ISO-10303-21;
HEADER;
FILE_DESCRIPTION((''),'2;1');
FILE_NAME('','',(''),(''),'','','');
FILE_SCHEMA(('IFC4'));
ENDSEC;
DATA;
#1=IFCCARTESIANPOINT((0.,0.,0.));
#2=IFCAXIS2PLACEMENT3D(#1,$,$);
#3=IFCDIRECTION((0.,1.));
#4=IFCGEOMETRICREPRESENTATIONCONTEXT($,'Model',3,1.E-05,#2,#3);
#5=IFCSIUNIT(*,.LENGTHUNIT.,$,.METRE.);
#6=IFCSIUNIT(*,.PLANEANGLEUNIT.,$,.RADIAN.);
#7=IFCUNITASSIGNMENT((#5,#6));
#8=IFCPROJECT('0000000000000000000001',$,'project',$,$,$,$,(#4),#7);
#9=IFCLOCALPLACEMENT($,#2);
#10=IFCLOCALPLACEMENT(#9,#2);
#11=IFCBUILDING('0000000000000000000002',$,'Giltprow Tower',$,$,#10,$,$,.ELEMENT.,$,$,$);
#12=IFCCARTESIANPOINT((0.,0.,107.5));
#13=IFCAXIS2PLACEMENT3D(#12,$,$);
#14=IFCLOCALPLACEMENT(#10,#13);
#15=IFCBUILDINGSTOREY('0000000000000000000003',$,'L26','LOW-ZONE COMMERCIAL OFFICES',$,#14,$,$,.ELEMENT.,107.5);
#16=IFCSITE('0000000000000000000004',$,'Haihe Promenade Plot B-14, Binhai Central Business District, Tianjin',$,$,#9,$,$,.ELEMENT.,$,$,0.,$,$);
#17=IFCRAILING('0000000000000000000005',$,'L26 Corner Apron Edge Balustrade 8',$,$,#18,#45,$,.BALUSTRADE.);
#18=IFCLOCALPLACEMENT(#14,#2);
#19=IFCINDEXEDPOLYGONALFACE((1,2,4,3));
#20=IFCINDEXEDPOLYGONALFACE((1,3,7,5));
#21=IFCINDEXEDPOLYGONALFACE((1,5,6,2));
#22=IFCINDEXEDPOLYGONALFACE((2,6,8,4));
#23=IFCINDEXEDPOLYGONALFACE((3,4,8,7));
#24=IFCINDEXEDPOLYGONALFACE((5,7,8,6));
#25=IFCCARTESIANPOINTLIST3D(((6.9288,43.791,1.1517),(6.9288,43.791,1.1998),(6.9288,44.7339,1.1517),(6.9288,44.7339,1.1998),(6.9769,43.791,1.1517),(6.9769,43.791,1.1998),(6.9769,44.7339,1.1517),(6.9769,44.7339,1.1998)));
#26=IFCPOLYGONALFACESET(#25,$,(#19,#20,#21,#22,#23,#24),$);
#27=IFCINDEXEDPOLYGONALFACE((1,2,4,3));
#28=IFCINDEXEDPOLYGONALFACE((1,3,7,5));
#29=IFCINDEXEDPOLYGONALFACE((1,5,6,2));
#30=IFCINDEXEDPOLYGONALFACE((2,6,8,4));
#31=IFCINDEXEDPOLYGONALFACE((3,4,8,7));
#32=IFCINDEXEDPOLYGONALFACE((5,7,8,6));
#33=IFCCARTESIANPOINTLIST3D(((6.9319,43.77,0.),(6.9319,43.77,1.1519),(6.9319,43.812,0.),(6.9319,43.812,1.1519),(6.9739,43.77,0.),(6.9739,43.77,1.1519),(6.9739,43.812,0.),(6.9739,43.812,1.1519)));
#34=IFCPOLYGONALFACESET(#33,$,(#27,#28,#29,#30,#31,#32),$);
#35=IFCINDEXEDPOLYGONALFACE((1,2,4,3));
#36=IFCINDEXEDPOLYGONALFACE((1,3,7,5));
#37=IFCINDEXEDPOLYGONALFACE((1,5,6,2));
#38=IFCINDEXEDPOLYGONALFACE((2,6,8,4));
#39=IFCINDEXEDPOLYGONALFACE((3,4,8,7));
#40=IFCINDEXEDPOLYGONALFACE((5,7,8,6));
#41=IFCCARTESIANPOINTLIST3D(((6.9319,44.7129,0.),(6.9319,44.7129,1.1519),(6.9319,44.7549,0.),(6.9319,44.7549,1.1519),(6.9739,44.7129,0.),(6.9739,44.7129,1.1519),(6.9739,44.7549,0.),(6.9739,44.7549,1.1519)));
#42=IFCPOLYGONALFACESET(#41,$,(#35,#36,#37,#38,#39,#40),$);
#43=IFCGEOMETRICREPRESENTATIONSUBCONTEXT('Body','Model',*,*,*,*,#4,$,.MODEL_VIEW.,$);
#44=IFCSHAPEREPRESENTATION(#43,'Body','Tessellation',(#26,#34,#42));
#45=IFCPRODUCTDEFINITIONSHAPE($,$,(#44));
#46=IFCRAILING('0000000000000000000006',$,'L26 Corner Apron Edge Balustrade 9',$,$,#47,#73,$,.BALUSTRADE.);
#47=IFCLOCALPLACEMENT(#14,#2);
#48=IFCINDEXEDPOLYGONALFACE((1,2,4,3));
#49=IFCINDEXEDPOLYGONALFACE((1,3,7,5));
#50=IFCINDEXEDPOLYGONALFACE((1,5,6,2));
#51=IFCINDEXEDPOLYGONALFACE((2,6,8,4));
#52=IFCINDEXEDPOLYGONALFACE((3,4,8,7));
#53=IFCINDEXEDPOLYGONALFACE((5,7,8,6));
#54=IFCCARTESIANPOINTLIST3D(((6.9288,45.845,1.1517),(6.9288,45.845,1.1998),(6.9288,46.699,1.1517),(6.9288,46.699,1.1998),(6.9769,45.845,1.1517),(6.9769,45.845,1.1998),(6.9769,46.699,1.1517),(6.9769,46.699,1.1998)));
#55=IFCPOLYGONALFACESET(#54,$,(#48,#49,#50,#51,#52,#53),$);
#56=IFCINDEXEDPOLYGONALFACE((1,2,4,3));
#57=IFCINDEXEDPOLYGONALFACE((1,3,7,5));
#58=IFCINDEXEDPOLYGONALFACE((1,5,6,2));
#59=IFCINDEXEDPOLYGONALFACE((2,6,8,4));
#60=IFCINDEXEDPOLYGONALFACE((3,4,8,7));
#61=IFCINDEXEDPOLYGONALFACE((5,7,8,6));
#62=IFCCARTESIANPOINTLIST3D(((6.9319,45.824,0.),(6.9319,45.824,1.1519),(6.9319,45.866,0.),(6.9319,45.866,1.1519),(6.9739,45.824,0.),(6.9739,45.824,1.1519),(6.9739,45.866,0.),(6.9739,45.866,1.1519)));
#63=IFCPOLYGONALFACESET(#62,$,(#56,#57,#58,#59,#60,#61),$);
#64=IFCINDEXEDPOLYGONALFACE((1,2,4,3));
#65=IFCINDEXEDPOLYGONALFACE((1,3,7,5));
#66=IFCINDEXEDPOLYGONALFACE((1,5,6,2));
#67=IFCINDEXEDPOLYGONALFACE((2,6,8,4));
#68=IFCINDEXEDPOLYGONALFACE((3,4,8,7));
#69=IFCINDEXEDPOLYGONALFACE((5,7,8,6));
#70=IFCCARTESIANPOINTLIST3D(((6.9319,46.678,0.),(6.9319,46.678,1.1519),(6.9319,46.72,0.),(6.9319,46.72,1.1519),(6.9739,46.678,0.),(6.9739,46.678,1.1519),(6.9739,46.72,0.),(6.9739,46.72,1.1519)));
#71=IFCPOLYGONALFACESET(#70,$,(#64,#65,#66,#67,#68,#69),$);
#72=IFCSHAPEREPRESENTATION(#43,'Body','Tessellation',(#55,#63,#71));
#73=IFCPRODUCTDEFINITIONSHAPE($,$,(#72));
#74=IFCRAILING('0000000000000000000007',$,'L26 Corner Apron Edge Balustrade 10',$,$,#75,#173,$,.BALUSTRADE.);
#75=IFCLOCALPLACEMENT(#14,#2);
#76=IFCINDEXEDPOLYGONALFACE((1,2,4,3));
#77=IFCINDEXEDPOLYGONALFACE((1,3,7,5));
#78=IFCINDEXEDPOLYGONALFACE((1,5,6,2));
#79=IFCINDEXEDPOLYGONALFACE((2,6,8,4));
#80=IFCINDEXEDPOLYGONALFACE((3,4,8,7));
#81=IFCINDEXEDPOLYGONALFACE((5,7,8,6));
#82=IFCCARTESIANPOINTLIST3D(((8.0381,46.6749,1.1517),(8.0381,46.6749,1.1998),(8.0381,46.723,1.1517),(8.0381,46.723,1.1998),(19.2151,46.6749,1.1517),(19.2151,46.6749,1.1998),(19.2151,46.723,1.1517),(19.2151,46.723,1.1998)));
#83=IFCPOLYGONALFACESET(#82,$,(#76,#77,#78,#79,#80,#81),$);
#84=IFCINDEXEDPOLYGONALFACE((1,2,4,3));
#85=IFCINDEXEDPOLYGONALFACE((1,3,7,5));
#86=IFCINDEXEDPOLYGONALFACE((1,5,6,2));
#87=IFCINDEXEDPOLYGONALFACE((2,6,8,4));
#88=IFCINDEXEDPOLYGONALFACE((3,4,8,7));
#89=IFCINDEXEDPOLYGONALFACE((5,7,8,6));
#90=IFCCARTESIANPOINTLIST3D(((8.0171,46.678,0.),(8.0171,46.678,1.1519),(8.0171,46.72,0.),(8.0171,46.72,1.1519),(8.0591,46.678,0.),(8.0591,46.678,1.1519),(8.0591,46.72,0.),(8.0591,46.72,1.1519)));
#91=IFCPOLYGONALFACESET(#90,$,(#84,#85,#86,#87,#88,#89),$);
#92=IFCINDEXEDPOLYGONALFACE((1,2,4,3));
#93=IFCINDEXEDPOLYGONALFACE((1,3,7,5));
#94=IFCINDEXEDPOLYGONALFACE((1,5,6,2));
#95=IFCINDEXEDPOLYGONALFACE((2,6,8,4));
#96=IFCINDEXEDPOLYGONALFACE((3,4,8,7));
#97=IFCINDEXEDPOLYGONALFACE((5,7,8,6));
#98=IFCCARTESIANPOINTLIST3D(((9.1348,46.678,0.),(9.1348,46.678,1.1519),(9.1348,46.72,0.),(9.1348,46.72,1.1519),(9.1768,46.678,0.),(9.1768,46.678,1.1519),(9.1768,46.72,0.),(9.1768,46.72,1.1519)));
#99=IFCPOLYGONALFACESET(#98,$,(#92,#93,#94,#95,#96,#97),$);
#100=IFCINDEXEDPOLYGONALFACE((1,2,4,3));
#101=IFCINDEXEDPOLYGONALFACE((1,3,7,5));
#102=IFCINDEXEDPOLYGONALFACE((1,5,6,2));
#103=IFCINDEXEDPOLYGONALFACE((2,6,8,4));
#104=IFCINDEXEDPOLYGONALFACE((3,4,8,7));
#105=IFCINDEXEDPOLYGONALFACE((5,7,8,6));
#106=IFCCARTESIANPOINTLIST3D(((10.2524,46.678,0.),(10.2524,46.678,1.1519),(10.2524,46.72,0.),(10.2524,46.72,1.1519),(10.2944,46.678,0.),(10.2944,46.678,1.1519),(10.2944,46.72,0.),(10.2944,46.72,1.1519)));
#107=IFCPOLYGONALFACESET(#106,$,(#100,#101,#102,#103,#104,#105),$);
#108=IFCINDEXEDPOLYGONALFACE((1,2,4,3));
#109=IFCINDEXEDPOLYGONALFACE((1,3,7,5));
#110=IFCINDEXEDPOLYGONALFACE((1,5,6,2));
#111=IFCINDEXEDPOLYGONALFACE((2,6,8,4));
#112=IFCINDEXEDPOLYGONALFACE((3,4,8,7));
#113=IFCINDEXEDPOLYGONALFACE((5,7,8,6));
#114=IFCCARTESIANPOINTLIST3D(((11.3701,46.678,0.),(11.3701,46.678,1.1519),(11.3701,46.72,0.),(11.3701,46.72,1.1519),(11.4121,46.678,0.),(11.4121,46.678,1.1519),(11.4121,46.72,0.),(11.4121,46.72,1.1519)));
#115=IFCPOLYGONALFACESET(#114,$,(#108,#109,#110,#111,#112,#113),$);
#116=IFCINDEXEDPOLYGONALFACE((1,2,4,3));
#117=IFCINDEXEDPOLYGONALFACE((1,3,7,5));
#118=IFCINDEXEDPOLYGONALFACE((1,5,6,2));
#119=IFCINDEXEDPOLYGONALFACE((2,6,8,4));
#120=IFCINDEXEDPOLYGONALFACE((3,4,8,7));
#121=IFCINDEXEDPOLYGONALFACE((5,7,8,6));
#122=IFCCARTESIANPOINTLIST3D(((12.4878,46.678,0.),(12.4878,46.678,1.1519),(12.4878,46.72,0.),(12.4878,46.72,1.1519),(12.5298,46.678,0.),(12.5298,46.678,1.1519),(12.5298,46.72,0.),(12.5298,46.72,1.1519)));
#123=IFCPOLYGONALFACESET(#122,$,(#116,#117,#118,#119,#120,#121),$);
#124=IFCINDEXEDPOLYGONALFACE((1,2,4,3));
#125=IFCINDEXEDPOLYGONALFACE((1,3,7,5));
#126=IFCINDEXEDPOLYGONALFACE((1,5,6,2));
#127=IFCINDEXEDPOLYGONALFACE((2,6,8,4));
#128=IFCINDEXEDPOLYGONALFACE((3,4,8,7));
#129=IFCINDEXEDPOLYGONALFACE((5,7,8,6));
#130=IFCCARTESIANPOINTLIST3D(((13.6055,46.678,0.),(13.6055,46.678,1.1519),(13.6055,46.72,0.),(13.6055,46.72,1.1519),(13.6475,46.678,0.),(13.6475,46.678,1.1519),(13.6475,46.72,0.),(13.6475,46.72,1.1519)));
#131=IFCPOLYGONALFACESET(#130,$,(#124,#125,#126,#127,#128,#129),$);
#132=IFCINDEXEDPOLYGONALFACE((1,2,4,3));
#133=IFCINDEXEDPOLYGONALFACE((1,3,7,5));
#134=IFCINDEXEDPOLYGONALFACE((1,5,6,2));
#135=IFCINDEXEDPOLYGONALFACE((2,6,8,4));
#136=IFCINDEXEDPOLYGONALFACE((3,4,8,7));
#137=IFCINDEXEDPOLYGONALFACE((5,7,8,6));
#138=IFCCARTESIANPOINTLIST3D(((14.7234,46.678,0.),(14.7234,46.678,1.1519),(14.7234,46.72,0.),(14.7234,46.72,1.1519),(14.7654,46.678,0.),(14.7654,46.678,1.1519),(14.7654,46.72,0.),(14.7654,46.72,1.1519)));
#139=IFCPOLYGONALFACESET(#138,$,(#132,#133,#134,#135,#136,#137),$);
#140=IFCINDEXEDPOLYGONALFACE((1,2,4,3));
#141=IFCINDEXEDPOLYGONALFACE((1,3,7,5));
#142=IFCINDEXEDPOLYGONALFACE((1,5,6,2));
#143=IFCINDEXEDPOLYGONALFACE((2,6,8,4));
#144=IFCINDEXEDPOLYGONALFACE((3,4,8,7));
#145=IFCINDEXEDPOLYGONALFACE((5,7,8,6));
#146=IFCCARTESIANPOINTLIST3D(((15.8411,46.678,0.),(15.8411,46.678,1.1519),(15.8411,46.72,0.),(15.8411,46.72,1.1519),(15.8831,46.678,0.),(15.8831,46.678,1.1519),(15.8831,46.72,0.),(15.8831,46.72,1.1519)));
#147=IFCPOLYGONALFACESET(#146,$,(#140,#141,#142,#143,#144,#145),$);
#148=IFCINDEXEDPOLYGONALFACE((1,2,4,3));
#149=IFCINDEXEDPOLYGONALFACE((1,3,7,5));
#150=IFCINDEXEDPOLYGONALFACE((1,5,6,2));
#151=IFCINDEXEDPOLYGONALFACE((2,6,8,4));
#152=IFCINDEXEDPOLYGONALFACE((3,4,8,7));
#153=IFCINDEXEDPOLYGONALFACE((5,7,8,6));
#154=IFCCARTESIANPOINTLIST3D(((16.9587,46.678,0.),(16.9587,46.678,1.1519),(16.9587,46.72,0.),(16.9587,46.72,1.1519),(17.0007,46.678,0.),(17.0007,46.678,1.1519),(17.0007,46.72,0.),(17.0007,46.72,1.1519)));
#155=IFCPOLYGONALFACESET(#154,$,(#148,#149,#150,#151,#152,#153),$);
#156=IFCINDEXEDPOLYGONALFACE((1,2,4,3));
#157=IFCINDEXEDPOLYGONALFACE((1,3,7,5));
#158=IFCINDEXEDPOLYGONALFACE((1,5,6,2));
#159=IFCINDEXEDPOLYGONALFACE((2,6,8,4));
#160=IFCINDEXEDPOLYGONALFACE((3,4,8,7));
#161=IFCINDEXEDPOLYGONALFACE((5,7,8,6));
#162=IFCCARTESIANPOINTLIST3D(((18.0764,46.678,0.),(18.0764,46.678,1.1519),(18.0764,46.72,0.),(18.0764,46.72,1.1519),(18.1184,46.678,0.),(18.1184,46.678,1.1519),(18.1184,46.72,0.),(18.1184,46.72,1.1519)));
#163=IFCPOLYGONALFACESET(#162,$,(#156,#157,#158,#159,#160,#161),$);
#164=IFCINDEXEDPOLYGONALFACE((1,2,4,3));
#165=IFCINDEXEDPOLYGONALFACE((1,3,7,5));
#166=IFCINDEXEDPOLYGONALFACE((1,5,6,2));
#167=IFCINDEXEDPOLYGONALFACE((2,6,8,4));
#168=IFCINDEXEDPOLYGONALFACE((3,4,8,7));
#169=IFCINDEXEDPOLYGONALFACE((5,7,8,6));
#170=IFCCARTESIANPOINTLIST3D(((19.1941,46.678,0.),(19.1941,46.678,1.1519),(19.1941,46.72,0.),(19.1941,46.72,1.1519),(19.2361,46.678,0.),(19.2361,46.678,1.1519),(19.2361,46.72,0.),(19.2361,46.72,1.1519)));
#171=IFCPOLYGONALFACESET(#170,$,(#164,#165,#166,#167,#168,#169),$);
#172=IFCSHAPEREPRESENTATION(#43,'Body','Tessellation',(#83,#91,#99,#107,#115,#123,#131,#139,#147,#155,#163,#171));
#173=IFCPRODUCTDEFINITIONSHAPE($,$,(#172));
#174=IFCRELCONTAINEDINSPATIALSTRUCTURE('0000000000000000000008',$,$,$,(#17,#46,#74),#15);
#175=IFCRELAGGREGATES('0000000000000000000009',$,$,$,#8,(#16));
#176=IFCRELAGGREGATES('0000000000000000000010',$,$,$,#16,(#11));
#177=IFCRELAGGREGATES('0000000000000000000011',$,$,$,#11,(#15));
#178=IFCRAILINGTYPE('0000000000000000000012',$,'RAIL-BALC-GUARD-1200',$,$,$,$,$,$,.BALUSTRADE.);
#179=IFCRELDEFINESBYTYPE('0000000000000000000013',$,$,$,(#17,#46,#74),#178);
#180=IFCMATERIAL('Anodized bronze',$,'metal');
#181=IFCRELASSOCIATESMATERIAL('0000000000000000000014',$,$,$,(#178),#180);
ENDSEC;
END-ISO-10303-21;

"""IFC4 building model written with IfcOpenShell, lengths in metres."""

from ifc_helpers import new_model, si_unit, direction, frame, origin, origin_2d, place, context, subcontext, project, spatial, rectangle, extrude, material, type_object, element, save


model = new_model("IFC4")

# Units and contexts
model_context = context("Model", 3, precision=1e-05, world=origin(), true_north=direction((0.0, 1.0)))
body_context = subcontext(model_context, "Body", "Model", "MODEL_VIEW")
ifc_project = project(units=[si_unit("LENGTHUNIT", "METRE"), si_unit("PLANEANGLEUNIT", "RADIAN")], contexts=[model_context])

# Site, building, storey
site_placement = place(None, origin())
site = spatial("IfcSite", under=ifc_project, at=site_placement, Name="Haihe Promenade Plot B-14, Binhai Central Business District, Tianjin", CompositionType="ELEMENT", RefElevation=0.0)
building_placement = place(site_placement, origin())
building = spatial("IfcBuilding", under=site, at=building_placement, Name="Giltprow Tower", CompositionType="ELEMENT")
storey_placement = place(building_placement, frame((0.0, 0.0, 107.5)))
storey = spatial("IfcBuildingStorey", under=building, at=storey_placement, Name="L26", Description="LOW-ZONE COMMERCIAL OFFICES", CompositionType="ELEMENT", Elevation=107.5)

# Railings
ifc_material_1 = material(Name="Anodized bronze", Category="metal")
railing_type = type_object("IfcRailingType", Name="RAIL-BALC-GUARD-1200", PredefinedType="BALUSTRADE", material=ifc_material_1)
railing_1_placement = place(storey_placement, frame((6.9529, 43.791, 0.0)))
element("IfcRailing", 1, at=railing_1_placement, inside=storey, type_object=railing_type, Name="L26 Corner Apron Edge Balustrade 8", PredefinedType="BALUSTRADE", context=body_context, shape_type="SweptSolid", body=[
    extrude(rectangle(XDim=0.0481, YDim=0.0481, at=origin_2d()), frame((0.0, 0.0, 1.1758), z_axis=(0.0, 1.0, 0.0), x_axis=(-1.0, 0.0, 0.0)), (0.0, 0.0, 1.0), 0.9429),
    extrude(rectangle(XDim=0.042, YDim=0.042, at=origin_2d()), origin(), (0.0, 0.0, 1.0), 1.1519),
    extrude(rectangle(XDim=0.042, YDim=0.042, at=origin_2d()), frame((0.0, 0.9429, 0.0)), (0.0, 0.0, 1.0), 1.1519),
])
railing_2_placement = place(storey_placement, frame((6.9529, 45.845, 0.0)))
element("IfcRailing", 2, at=railing_2_placement, inside=storey, type_object=railing_type, Name="L26 Corner Apron Edge Balustrade 9", PredefinedType="BALUSTRADE", context=body_context, shape_type="SweptSolid", body=[
    extrude(rectangle(XDim=0.0481, YDim=0.0481, at=origin_2d()), frame((0.0, 0.0, 1.1758), z_axis=(0.0, 1.0, 0.0), x_axis=(-1.0, 0.0, 0.0)), (0.0, 0.0, 1.0), 0.854),
    extrude(rectangle(XDim=0.042, YDim=0.042, at=origin_2d()), origin(), (0.0, 0.0, 1.0), 1.1519),
    extrude(rectangle(XDim=0.042, YDim=0.042, at=origin_2d()), frame((0.0, 0.854, 0.0)), (0.0, 0.0, 1.0), 1.1519),
])
railing_3_placement = place(storey_placement, frame((8.0381, 46.699, 0.0)))
element("IfcRailing", 3, at=railing_3_placement, inside=storey, type_object=railing_type, Name="L26 Corner Apron Edge Balustrade 10", PredefinedType="BALUSTRADE", context=body_context, shape_type="SweptSolid", body=[
    extrude(rectangle(XDim=0.0481, YDim=0.0481, at=origin_2d()), frame((0.0, 0.0, 1.1758), z_axis=(1.0, 0.0, 0.0), x_axis=(0.0, 1.0, 0.0)), (0.0, 0.0, 1.0), 11.177),
    extrude(rectangle(XDim=0.042, YDim=0.042, at=origin_2d()), origin(), (0.0, 0.0, 1.0), 1.1519),
    extrude(rectangle(XDim=0.042, YDim=0.042, at=origin_2d()), frame((1.1177, 0.0, 0.0)), (0.0, 0.0, 1.0), 1.1519),
    extrude(rectangle(XDim=0.042, YDim=0.042, at=origin_2d()), frame((2.2354, 0.0, 0.0)), (0.0, 0.0, 1.0), 1.1519),
    extrude(rectangle(XDim=0.042, YDim=0.042, at=origin_2d()), frame((3.353, 0.0, 0.0)), (0.0, 0.0, 1.0), 1.1519),
    extrude(rectangle(XDim=0.042, YDim=0.042, at=origin_2d()), frame((4.4707, 0.0, 0.0)), (0.0, 0.0, 1.0), 1.1519),
    extrude(rectangle(XDim=0.042, YDim=0.042, at=origin_2d()), frame((5.5884, 0.0, 0.0)), (0.0, 0.0, 1.0), 1.1519),
    extrude(rectangle(XDim=0.042, YDim=0.042, at=origin_2d()), frame((6.7063, 0.0, 0.0)), (0.0, 0.0, 1.0), 1.1519),
    extrude(rectangle(XDim=0.042, YDim=0.042, at=origin_2d()), frame((7.824, 0.0, 0.0)), (0.0, 0.0, 1.0), 1.1519),
    extrude(rectangle(XDim=0.042, YDim=0.042, at=origin_2d()), frame((8.9417, 0.0, 0.0)), (0.0, 0.0, 1.0), 1.1519),
    extrude(rectangle(XDim=0.042, YDim=0.042, at=origin_2d()), frame((10.0593, 0.0, 0.0)), (0.0, 0.0, 1.0), 1.1519),
    extrude(rectangle(XDim=0.042, YDim=0.042, at=origin_2d()), frame((11.177, 0.0, 0.0)), (0.0, 0.0, 1.0), 1.1519),
])

save(model, "model.ifc")
